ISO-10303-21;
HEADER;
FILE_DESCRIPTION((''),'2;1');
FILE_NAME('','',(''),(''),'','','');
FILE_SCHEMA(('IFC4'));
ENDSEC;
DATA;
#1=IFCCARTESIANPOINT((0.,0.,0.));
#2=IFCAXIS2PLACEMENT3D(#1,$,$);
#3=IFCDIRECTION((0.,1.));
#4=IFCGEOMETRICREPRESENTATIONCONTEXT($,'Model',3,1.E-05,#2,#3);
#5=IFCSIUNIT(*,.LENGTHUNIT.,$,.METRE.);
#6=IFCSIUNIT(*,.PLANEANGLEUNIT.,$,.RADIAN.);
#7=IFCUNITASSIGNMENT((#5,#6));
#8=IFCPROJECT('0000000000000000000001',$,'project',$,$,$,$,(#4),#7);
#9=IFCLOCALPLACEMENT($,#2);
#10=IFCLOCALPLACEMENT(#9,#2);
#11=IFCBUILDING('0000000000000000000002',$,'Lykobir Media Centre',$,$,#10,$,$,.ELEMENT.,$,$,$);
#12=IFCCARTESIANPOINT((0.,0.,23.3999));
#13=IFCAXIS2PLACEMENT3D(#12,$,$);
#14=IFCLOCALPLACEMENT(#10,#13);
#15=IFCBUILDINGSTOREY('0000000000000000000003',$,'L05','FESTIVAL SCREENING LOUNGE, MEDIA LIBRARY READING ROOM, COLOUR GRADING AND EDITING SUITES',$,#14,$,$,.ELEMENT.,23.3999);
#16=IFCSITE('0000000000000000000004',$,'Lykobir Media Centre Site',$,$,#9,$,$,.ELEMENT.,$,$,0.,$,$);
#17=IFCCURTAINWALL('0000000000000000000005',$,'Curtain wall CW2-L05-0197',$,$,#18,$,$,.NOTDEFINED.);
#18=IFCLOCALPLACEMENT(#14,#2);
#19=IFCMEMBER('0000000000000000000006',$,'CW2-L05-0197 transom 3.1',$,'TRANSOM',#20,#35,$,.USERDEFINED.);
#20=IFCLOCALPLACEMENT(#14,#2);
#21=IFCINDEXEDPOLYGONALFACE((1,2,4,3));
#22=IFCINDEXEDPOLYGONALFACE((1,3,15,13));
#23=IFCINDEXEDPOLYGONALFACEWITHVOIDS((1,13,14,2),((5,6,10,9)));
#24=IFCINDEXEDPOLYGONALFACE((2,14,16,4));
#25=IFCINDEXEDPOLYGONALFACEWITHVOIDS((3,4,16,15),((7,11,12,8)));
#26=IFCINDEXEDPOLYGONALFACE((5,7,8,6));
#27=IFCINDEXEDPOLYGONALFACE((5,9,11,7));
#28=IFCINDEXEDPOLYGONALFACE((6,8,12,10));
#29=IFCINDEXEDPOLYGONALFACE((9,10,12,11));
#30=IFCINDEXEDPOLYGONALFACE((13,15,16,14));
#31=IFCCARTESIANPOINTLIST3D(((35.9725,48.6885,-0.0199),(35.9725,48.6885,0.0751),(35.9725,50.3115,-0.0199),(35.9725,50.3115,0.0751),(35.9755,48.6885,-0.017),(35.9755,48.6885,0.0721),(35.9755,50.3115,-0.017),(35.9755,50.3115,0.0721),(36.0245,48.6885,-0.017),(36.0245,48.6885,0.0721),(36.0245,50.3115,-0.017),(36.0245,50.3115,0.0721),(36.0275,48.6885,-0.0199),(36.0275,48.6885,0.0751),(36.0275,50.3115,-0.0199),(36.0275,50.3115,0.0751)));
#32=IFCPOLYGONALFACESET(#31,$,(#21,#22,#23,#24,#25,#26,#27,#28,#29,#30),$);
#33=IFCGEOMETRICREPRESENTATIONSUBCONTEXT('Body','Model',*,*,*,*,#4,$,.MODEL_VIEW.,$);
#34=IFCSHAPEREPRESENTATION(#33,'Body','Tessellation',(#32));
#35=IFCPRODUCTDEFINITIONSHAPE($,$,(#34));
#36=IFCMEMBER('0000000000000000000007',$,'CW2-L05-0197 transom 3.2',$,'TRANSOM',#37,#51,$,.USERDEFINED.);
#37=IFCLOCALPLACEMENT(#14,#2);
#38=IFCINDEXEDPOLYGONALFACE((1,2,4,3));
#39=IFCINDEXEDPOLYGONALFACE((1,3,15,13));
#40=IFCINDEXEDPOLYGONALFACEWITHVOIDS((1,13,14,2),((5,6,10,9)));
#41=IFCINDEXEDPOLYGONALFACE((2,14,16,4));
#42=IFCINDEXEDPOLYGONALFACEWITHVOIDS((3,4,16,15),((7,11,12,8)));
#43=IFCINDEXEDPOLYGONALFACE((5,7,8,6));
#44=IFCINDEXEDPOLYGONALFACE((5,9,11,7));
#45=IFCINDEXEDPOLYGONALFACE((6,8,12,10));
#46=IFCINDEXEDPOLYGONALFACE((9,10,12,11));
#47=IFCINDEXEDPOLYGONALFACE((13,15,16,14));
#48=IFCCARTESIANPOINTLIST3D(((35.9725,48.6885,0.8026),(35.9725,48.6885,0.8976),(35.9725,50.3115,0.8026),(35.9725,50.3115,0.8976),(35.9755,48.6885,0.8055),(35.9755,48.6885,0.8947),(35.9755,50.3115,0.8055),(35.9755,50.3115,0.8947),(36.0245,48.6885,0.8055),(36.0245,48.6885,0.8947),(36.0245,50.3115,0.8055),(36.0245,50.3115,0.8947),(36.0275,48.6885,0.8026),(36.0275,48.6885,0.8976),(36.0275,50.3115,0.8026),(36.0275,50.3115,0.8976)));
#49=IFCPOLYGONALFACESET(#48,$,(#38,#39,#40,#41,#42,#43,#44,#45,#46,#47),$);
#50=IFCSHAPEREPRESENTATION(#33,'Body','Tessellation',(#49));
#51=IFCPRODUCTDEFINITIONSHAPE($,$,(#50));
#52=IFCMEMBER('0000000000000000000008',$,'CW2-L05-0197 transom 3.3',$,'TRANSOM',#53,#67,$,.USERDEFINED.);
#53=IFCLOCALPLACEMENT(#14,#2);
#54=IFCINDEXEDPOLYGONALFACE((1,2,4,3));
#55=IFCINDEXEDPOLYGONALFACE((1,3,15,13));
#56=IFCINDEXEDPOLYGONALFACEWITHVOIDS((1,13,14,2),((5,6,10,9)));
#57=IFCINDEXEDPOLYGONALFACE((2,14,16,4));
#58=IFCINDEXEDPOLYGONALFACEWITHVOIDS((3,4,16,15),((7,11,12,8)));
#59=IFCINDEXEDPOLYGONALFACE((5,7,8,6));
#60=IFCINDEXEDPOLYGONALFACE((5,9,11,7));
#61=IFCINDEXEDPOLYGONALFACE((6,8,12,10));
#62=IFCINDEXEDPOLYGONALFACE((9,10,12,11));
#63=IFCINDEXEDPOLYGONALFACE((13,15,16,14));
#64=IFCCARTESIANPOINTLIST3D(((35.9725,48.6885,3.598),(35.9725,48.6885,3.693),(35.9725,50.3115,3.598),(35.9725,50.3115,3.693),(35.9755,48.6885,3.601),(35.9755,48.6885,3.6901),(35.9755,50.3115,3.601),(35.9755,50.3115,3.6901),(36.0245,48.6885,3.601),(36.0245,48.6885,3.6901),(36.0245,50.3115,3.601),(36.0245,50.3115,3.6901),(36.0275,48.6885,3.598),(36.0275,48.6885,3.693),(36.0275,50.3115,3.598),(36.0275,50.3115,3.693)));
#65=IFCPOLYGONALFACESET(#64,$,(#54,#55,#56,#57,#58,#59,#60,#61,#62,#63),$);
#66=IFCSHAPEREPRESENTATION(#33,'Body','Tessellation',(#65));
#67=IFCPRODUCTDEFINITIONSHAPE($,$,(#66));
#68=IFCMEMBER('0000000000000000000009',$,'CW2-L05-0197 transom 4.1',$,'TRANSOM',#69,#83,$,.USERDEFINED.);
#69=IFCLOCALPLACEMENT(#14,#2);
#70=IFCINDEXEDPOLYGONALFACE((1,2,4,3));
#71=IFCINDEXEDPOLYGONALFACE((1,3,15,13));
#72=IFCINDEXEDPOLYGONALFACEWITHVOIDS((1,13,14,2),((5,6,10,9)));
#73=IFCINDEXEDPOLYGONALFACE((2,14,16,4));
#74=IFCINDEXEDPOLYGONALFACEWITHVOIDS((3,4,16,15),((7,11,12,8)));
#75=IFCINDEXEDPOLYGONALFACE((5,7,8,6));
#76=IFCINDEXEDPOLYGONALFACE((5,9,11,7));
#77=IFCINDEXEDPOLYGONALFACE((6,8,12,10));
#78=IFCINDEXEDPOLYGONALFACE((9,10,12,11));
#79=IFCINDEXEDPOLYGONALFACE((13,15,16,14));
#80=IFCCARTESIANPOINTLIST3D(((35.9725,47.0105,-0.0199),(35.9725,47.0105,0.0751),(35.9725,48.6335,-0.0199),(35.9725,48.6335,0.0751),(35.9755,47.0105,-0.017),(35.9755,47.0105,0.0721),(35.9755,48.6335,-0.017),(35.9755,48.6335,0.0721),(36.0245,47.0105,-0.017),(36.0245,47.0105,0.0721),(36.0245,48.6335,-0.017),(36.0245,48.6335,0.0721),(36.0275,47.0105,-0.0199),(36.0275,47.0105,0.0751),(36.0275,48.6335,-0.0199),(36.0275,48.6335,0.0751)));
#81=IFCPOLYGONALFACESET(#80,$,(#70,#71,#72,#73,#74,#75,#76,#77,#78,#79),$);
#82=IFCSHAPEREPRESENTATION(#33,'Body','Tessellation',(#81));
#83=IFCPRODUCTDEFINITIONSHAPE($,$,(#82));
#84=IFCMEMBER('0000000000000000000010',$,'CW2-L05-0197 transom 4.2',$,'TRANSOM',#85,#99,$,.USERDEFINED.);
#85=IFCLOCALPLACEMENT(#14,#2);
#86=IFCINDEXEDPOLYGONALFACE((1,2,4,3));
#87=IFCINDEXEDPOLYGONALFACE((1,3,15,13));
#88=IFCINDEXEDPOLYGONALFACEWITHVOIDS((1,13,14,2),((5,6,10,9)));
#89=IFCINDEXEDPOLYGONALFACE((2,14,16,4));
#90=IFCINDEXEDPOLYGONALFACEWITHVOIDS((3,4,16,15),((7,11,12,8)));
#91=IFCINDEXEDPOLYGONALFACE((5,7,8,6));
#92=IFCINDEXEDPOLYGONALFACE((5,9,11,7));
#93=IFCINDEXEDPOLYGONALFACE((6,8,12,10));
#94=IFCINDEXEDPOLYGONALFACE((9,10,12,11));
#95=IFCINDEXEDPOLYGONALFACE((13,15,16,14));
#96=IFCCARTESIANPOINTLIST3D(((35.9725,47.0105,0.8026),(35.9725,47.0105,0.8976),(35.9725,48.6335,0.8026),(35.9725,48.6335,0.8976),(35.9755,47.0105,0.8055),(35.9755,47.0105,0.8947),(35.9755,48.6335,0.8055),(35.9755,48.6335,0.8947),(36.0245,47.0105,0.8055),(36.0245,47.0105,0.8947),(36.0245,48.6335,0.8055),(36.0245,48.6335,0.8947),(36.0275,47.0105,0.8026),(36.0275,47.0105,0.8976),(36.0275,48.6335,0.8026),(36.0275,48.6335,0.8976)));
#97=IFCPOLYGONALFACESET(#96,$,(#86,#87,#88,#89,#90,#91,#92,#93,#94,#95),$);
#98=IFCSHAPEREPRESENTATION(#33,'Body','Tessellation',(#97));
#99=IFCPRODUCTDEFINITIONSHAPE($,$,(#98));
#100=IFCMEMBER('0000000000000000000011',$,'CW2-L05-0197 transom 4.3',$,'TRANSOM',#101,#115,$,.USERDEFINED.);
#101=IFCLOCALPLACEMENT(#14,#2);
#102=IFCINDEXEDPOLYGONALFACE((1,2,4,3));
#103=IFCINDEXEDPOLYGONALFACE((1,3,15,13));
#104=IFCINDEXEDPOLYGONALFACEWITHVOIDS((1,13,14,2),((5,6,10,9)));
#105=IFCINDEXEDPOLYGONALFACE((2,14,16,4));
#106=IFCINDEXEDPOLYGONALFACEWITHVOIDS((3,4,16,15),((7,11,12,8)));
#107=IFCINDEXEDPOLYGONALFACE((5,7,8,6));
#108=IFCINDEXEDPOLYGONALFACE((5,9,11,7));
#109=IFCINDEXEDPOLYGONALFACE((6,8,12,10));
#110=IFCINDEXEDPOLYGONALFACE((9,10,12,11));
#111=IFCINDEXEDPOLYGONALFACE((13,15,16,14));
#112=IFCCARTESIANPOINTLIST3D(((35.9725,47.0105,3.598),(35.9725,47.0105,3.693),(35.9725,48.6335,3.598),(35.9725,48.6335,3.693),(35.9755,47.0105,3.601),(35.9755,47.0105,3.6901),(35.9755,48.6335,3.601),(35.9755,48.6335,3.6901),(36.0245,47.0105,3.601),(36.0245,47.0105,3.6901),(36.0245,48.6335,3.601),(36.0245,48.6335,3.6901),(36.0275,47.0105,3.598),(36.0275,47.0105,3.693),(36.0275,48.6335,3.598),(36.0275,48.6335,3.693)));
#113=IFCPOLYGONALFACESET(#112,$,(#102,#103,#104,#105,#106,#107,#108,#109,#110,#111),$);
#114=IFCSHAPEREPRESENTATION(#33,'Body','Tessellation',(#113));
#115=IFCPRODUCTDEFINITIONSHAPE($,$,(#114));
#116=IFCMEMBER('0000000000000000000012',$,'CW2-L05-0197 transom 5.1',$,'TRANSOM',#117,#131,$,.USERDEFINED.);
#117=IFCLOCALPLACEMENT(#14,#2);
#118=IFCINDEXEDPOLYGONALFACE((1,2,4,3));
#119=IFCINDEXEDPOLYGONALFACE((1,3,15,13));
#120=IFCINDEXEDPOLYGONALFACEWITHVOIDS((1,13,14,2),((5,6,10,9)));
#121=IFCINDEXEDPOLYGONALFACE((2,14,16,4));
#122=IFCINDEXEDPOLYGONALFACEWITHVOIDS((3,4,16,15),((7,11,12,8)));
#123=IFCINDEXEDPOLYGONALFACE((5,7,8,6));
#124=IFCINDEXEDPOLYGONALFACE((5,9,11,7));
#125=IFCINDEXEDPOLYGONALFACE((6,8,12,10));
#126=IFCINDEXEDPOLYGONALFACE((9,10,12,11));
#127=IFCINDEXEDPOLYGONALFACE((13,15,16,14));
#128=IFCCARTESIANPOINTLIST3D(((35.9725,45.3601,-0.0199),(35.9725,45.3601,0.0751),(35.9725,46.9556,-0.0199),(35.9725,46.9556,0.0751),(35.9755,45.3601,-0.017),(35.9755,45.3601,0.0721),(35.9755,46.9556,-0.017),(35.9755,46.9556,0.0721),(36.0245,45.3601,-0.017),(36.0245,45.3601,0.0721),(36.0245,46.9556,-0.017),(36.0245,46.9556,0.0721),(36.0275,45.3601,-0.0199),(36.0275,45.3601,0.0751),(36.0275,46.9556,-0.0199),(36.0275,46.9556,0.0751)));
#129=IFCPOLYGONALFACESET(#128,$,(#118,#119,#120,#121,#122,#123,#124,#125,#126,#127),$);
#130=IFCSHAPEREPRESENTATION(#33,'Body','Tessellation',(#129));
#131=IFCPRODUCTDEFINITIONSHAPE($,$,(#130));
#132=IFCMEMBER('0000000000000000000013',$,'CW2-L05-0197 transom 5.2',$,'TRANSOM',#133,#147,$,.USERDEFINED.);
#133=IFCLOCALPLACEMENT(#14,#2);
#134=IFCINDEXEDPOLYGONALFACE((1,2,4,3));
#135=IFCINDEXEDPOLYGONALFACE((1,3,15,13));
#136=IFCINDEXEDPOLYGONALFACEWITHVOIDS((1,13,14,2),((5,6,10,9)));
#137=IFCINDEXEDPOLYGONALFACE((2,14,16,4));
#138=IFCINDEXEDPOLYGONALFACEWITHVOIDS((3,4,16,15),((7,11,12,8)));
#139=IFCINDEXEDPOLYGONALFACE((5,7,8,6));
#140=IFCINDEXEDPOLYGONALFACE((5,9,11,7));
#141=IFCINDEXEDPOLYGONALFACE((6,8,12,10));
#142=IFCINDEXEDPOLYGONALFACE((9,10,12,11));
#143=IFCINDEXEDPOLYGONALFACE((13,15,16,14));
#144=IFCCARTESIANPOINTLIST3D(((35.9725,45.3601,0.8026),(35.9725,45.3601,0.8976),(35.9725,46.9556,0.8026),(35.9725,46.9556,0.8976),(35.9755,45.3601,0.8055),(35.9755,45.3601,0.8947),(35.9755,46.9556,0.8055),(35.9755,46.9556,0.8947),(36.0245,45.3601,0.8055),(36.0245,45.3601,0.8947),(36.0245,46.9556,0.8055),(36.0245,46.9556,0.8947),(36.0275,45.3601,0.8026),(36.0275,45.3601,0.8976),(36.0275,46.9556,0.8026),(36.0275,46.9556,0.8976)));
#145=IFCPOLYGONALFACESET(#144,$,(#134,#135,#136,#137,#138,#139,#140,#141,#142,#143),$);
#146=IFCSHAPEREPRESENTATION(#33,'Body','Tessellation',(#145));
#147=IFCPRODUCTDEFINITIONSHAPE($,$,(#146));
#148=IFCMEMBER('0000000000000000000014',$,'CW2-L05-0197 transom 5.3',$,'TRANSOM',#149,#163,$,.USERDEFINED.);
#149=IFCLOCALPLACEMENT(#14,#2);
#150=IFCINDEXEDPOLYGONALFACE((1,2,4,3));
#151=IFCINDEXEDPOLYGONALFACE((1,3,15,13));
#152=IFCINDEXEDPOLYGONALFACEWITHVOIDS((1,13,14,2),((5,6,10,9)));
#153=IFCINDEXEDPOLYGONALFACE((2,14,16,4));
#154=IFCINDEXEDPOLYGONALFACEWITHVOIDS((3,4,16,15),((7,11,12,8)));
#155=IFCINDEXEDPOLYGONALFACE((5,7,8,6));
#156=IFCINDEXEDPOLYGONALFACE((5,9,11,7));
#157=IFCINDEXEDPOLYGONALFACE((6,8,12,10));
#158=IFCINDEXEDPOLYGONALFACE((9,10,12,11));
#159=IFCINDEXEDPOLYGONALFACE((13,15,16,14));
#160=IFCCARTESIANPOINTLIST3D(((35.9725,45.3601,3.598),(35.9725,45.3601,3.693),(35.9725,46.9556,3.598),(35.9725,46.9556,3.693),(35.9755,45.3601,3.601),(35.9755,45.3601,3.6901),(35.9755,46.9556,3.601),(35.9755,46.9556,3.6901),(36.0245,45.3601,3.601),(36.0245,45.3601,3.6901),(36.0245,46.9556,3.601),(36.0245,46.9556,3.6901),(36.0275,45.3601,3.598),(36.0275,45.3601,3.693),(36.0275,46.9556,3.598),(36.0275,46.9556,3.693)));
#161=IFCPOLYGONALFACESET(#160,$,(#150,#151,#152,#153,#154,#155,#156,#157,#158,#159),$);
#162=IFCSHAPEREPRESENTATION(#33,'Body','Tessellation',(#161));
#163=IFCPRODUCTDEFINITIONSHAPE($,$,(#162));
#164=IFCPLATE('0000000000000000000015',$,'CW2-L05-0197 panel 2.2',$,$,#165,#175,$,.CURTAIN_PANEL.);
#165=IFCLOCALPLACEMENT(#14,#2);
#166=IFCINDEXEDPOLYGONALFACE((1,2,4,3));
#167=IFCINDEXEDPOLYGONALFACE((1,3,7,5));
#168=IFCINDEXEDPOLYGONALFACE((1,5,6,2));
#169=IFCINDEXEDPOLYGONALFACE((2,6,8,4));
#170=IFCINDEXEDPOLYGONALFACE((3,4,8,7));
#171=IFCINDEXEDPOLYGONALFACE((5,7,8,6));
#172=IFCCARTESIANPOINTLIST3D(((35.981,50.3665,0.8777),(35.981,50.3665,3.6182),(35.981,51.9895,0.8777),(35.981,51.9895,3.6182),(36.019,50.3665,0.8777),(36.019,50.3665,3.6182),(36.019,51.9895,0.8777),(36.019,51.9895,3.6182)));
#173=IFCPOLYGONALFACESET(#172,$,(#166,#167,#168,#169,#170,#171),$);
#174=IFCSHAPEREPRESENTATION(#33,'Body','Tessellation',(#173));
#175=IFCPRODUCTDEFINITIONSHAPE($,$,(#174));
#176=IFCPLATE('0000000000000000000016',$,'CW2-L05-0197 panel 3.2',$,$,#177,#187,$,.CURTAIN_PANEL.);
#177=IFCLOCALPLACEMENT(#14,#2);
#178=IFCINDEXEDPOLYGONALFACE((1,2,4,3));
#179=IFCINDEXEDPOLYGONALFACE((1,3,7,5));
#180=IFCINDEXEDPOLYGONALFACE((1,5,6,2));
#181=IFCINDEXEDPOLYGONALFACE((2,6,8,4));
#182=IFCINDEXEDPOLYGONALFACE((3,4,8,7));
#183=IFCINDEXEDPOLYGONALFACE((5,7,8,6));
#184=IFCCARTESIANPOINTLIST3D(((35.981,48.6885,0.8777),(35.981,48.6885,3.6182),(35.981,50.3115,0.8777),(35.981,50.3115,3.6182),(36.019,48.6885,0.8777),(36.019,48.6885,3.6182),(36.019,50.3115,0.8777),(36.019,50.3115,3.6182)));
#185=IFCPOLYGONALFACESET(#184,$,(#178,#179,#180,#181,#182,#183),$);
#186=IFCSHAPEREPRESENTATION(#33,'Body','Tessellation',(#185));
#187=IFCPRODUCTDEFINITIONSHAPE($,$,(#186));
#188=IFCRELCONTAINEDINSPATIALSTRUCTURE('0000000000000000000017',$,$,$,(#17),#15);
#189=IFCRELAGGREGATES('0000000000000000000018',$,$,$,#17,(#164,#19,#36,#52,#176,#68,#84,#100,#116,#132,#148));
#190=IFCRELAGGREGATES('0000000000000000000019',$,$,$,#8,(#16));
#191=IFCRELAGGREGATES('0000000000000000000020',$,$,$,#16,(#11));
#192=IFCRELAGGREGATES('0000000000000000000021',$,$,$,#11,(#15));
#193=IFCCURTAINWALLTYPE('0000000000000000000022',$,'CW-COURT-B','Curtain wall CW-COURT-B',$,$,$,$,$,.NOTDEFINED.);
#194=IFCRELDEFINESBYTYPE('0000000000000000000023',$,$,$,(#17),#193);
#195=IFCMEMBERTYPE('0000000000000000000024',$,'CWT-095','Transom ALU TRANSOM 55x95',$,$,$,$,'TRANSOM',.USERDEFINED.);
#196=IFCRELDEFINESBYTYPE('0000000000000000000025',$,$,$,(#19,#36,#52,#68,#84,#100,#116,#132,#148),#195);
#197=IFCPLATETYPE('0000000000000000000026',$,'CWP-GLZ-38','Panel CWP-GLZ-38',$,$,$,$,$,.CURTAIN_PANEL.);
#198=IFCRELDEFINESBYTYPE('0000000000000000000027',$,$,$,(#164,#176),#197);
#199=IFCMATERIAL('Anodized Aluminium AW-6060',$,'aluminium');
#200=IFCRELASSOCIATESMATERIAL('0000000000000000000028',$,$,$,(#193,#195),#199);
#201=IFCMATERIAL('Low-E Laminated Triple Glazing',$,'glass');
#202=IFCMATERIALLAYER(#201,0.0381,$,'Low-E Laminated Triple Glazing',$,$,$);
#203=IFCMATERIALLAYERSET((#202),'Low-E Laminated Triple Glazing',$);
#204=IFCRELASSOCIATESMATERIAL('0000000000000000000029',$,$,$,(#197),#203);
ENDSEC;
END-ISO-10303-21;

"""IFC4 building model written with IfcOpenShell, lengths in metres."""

from ifc_helpers import new_model, si_unit, direction, frame, origin, origin_2d, place, context, subcontext, project, spatial, rectangle, hollow_rectangle, extrude, material, layer, layer_set, material_profile, profile_set, type_object, element, aggregate, save


model = new_model("IFC4")

# Units and contexts
model_context = context("Model", 3, precision=1e-05, world=origin(), true_north=direction((0.0, 1.0)))
body_context = subcontext(model_context, "Body", "Model", "MODEL_VIEW")
ifc_project = project(units=[si_unit("LENGTHUNIT", "METRE"), si_unit("PLANEANGLEUNIT", "RADIAN")], contexts=[model_context])

# Site, building, storey
site_placement = place(None, origin())
site = spatial("IfcSite", under=ifc_project, at=site_placement, Name="Lykobir Media Centre Site", CompositionType="ELEMENT", RefElevation=0.0)
building_placement = place(site_placement, origin())
building = spatial("IfcBuilding", under=site, at=building_placement, Name="Lykobir Media Centre", CompositionType="ELEMENT")
storey_placement = place(building_placement, frame((0.0, 0.0, 23.3999)))
storey = spatial("IfcBuildingStorey", under=building, at=storey_placement, Name="L05", Description="FESTIVAL SCREENING LOUNGE, MEDIA LIBRARY READING ROOM, COLOUR GRADING AND EDITING SUITES", CompositionType="ELEMENT", Elevation=23.3999)

# Shared definitions
ifc_material_1 = material(Name="Anodized Aluminium AW-6060", Category="aluminium")
curtain_wall_type = type_object("IfcCurtainWallType", Name="CW-COURT-B", Description="Curtain wall CW-COURT-B", PredefinedType="NOTDEFINED", material=ifc_material_1)

# Curtain wall
curtain_wall_1_placement = place(storey_placement, origin())
curtain_wall_1 = element("IfcCurtainWall", 1, at=curtain_wall_1_placement, inside=storey, type_object=curtain_wall_type, Name="Curtain wall CW2-L05-0197", PredefinedType="NOTDEFINED")

# Members
ifc_material_profile_1 = material_profile(ifc_material_1, hollow_rectangle(XDim=0.0549, YDim=0.095, WallThickness=0.0029, at=origin_2d()), Name="ALU TRANSOM 55x95")
ifc_profile_set_1 = profile_set([ifc_material_profile_1], Name="Anodized Aluminium AW-6060")
member_type_1 = type_object("IfcMemberType", Name="CWT-095", Description="Transom ALU TRANSOM 55x95", ElementType="TRANSOM", PredefinedType="USERDEFINED", material=ifc_profile_set_1)
member_1_placement = place(storey_placement, frame((36.0, 50.3115, 0.0276), z_axis=(0.0, -1.0, 0.0), x_axis=(1.0, 0.0, 0.0)))
member_1 = element("IfcMember", 2, at=member_1_placement, type_object=member_type_1, Name="CW2-L05-0197 transom 3.1", ObjectType="TRANSOM", PredefinedType="USERDEFINED", context=body_context, shape_type="SweptSolid", body=[
    extrude(hollow_rectangle(XDim=0.0549, YDim=0.095, WallThickness=0.0029, at=origin_2d()), origin(), (0.0, 0.0, 1.0), 1.623),
])
member_2_placement = place(storey_placement, frame((36.0, 50.3115, 0.8501), z_axis=(0.0, -1.0, 0.0), x_axis=(1.0, 0.0, 0.0)))
member_2 = element("IfcMember", 3, at=member_2_placement, type_object=member_type_1, Name="CW2-L05-0197 transom 3.2", ObjectType="TRANSOM", PredefinedType="USERDEFINED", context=body_context, shape_type="SweptSolid", body=[
    extrude(hollow_rectangle(XDim=0.0549, YDim=0.095, WallThickness=0.0029, at=origin_2d()), origin(), (0.0, 0.0, 1.0), 1.623),
])
member_3_placement = place(storey_placement, frame((36.0, 50.3115, 3.6455), z_axis=(0.0, -1.0, 0.0), x_axis=(1.0, 0.0, 0.0)))
member_3 = element("IfcMember", 4, at=member_3_placement, type_object=member_type_1, Name="CW2-L05-0197 transom 3.3", ObjectType="TRANSOM", PredefinedType="USERDEFINED", context=body_context, shape_type="SweptSolid", body=[
    extrude(hollow_rectangle(XDim=0.0549, YDim=0.095, WallThickness=0.0029, at=origin_2d()), origin(), (0.0, 0.0, 1.0), 1.623),
])
member_4_placement = place(storey_placement, frame((36.0, 48.6335, 0.0276), z_axis=(0.0, -1.0, 0.0), x_axis=(1.0, 0.0, 0.0)))
member_4 = element("IfcMember", 5, at=member_4_placement, type_object=member_type_1, Name="CW2-L05-0197 transom 4.1", ObjectType="TRANSOM", PredefinedType="USERDEFINED", context=body_context, shape_type="SweptSolid", body=[
    extrude(hollow_rectangle(XDim=0.0549, YDim=0.095, WallThickness=0.0029, at=origin_2d()), origin(), (0.0, 0.0, 1.0), 1.623),
])
member_5_placement = place(storey_placement, frame((36.0, 48.6335, 0.8501), z_axis=(0.0, -1.0, 0.0), x_axis=(1.0, 0.0, 0.0)))
member_5 = element("IfcMember", 6, at=member_5_placement, type_object=member_type_1, Name="CW2-L05-0197 transom 4.2", ObjectType="TRANSOM", PredefinedType="USERDEFINED", context=body_context, shape_type="SweptSolid", body=[
    extrude(hollow_rectangle(XDim=0.0549, YDim=0.095, WallThickness=0.0029, at=origin_2d()), origin(), (0.0, 0.0, 1.0), 1.623),
])
member_6_placement = place(storey_placement, frame((36.0, 48.6335, 3.6455), z_axis=(0.0, -1.0, 0.0), x_axis=(1.0, 0.0, 0.0)))
member_6 = element("IfcMember", 7, at=member_6_placement, type_object=member_type_1, Name="CW2-L05-0197 transom 4.3", ObjectType="TRANSOM", PredefinedType="USERDEFINED", context=body_context, shape_type="SweptSolid", body=[
    extrude(hollow_rectangle(XDim=0.0549, YDim=0.095, WallThickness=0.0029, at=origin_2d()), origin(), (0.0, 0.0, 1.0), 1.623),
])
member_7_placement = place(storey_placement, frame((36.0, 46.9556, 0.0276), z_axis=(0.0, -1.0, 0.0), x_axis=(1.0, 0.0, 0.0)))
member_7 = element("IfcMember", 8, at=member_7_placement, type_object=member_type_1, Name="CW2-L05-0197 transom 5.1", ObjectType="TRANSOM", PredefinedType="USERDEFINED", context=body_context, shape_type="SweptSolid", body=[
    extrude(hollow_rectangle(XDim=0.0549, YDim=0.095, WallThickness=0.0029, at=origin_2d()), origin(), (0.0, 0.0, 1.0), 1.5955),
])
member_8_placement = place(storey_placement, frame((36.0, 46.9556, 0.8501), z_axis=(0.0, -1.0, 0.0), x_axis=(1.0, 0.0, 0.0)))
member_8 = element("IfcMember", 9, at=member_8_placement, type_object=member_type_1, Name="CW2-L05-0197 transom 5.2", ObjectType="TRANSOM", PredefinedType="USERDEFINED", context=body_context, shape_type="SweptSolid", body=[
    extrude(hollow_rectangle(XDim=0.0549, YDim=0.095, WallThickness=0.0029, at=origin_2d()), origin(), (0.0, 0.0, 1.0), 1.5955),
])
member_9_placement = place(storey_placement, frame((36.0, 46.9556, 3.6455), z_axis=(0.0, -1.0, 0.0), x_axis=(1.0, 0.0, 0.0)))
member_9 = element("IfcMember", 10, at=member_9_placement, type_object=member_type_1, Name="CW2-L05-0197 transom 5.3", ObjectType="TRANSOM", PredefinedType="USERDEFINED", context=body_context, shape_type="SweptSolid", body=[
    extrude(hollow_rectangle(XDim=0.0549, YDim=0.095, WallThickness=0.0029, at=origin_2d()), origin(), (0.0, 0.0, 1.0), 1.5955),
])

# Plates
ifc_material_2 = material(Name="Low-E Laminated Triple Glazing", Category="glass")
ifc_layer_1 = layer(ifc_material_2, 0.0381, Name="Low-E Laminated Triple Glazing")
ifc_layer_set_1 = layer_set([ifc_layer_1], Name="Low-E Laminated Triple Glazing")
plate_type_1 = type_object("IfcPlateType", Name="CWP-GLZ-38", Description="Panel CWP-GLZ-38", PredefinedType="CURTAIN_PANEL", material=ifc_layer_set_1)
plate_1_placement = place(storey_placement, frame((36.0, 51.178, 0.8777), z_axis=(0.0, 0.0, 1.0), x_axis=(0.0, -1.0, 0.0)))
plate_1 = element("IfcPlate", 11, at=plate_1_placement, type_object=plate_type_1, Name="CW2-L05-0197 panel 2.2", PredefinedType="CURTAIN_PANEL", context=body_context, shape_type="SweptSolid", body=[
    extrude(rectangle(XDim=1.623, YDim=0.0381, at=origin_2d()), origin(), (0.0, 0.0, 1.0), 2.7405),
])
plate_2_placement = place(storey_placement, frame((36.0, 49.5, 0.8777), z_axis=(0.0, 0.0, 1.0), x_axis=(0.0, -1.0, 0.0)))
plate_2 = element("IfcPlate", 12, at=plate_2_placement, type_object=plate_type_1, Name="CW2-L05-0197 panel 3.2", PredefinedType="CURTAIN_PANEL", context=body_context, shape_type="SweptSolid", body=[
    extrude(rectangle(XDim=1.623, YDim=0.0381, at=origin_2d()), origin(), (0.0, 0.0, 1.0), 2.7405),
])
aggregate(curtain_wall_1, [plate_1, member_1, member_2, member_3, plate_2, member_4, member_5, member_6, member_7, member_8, member_9])

save(model, "model.ifc")
